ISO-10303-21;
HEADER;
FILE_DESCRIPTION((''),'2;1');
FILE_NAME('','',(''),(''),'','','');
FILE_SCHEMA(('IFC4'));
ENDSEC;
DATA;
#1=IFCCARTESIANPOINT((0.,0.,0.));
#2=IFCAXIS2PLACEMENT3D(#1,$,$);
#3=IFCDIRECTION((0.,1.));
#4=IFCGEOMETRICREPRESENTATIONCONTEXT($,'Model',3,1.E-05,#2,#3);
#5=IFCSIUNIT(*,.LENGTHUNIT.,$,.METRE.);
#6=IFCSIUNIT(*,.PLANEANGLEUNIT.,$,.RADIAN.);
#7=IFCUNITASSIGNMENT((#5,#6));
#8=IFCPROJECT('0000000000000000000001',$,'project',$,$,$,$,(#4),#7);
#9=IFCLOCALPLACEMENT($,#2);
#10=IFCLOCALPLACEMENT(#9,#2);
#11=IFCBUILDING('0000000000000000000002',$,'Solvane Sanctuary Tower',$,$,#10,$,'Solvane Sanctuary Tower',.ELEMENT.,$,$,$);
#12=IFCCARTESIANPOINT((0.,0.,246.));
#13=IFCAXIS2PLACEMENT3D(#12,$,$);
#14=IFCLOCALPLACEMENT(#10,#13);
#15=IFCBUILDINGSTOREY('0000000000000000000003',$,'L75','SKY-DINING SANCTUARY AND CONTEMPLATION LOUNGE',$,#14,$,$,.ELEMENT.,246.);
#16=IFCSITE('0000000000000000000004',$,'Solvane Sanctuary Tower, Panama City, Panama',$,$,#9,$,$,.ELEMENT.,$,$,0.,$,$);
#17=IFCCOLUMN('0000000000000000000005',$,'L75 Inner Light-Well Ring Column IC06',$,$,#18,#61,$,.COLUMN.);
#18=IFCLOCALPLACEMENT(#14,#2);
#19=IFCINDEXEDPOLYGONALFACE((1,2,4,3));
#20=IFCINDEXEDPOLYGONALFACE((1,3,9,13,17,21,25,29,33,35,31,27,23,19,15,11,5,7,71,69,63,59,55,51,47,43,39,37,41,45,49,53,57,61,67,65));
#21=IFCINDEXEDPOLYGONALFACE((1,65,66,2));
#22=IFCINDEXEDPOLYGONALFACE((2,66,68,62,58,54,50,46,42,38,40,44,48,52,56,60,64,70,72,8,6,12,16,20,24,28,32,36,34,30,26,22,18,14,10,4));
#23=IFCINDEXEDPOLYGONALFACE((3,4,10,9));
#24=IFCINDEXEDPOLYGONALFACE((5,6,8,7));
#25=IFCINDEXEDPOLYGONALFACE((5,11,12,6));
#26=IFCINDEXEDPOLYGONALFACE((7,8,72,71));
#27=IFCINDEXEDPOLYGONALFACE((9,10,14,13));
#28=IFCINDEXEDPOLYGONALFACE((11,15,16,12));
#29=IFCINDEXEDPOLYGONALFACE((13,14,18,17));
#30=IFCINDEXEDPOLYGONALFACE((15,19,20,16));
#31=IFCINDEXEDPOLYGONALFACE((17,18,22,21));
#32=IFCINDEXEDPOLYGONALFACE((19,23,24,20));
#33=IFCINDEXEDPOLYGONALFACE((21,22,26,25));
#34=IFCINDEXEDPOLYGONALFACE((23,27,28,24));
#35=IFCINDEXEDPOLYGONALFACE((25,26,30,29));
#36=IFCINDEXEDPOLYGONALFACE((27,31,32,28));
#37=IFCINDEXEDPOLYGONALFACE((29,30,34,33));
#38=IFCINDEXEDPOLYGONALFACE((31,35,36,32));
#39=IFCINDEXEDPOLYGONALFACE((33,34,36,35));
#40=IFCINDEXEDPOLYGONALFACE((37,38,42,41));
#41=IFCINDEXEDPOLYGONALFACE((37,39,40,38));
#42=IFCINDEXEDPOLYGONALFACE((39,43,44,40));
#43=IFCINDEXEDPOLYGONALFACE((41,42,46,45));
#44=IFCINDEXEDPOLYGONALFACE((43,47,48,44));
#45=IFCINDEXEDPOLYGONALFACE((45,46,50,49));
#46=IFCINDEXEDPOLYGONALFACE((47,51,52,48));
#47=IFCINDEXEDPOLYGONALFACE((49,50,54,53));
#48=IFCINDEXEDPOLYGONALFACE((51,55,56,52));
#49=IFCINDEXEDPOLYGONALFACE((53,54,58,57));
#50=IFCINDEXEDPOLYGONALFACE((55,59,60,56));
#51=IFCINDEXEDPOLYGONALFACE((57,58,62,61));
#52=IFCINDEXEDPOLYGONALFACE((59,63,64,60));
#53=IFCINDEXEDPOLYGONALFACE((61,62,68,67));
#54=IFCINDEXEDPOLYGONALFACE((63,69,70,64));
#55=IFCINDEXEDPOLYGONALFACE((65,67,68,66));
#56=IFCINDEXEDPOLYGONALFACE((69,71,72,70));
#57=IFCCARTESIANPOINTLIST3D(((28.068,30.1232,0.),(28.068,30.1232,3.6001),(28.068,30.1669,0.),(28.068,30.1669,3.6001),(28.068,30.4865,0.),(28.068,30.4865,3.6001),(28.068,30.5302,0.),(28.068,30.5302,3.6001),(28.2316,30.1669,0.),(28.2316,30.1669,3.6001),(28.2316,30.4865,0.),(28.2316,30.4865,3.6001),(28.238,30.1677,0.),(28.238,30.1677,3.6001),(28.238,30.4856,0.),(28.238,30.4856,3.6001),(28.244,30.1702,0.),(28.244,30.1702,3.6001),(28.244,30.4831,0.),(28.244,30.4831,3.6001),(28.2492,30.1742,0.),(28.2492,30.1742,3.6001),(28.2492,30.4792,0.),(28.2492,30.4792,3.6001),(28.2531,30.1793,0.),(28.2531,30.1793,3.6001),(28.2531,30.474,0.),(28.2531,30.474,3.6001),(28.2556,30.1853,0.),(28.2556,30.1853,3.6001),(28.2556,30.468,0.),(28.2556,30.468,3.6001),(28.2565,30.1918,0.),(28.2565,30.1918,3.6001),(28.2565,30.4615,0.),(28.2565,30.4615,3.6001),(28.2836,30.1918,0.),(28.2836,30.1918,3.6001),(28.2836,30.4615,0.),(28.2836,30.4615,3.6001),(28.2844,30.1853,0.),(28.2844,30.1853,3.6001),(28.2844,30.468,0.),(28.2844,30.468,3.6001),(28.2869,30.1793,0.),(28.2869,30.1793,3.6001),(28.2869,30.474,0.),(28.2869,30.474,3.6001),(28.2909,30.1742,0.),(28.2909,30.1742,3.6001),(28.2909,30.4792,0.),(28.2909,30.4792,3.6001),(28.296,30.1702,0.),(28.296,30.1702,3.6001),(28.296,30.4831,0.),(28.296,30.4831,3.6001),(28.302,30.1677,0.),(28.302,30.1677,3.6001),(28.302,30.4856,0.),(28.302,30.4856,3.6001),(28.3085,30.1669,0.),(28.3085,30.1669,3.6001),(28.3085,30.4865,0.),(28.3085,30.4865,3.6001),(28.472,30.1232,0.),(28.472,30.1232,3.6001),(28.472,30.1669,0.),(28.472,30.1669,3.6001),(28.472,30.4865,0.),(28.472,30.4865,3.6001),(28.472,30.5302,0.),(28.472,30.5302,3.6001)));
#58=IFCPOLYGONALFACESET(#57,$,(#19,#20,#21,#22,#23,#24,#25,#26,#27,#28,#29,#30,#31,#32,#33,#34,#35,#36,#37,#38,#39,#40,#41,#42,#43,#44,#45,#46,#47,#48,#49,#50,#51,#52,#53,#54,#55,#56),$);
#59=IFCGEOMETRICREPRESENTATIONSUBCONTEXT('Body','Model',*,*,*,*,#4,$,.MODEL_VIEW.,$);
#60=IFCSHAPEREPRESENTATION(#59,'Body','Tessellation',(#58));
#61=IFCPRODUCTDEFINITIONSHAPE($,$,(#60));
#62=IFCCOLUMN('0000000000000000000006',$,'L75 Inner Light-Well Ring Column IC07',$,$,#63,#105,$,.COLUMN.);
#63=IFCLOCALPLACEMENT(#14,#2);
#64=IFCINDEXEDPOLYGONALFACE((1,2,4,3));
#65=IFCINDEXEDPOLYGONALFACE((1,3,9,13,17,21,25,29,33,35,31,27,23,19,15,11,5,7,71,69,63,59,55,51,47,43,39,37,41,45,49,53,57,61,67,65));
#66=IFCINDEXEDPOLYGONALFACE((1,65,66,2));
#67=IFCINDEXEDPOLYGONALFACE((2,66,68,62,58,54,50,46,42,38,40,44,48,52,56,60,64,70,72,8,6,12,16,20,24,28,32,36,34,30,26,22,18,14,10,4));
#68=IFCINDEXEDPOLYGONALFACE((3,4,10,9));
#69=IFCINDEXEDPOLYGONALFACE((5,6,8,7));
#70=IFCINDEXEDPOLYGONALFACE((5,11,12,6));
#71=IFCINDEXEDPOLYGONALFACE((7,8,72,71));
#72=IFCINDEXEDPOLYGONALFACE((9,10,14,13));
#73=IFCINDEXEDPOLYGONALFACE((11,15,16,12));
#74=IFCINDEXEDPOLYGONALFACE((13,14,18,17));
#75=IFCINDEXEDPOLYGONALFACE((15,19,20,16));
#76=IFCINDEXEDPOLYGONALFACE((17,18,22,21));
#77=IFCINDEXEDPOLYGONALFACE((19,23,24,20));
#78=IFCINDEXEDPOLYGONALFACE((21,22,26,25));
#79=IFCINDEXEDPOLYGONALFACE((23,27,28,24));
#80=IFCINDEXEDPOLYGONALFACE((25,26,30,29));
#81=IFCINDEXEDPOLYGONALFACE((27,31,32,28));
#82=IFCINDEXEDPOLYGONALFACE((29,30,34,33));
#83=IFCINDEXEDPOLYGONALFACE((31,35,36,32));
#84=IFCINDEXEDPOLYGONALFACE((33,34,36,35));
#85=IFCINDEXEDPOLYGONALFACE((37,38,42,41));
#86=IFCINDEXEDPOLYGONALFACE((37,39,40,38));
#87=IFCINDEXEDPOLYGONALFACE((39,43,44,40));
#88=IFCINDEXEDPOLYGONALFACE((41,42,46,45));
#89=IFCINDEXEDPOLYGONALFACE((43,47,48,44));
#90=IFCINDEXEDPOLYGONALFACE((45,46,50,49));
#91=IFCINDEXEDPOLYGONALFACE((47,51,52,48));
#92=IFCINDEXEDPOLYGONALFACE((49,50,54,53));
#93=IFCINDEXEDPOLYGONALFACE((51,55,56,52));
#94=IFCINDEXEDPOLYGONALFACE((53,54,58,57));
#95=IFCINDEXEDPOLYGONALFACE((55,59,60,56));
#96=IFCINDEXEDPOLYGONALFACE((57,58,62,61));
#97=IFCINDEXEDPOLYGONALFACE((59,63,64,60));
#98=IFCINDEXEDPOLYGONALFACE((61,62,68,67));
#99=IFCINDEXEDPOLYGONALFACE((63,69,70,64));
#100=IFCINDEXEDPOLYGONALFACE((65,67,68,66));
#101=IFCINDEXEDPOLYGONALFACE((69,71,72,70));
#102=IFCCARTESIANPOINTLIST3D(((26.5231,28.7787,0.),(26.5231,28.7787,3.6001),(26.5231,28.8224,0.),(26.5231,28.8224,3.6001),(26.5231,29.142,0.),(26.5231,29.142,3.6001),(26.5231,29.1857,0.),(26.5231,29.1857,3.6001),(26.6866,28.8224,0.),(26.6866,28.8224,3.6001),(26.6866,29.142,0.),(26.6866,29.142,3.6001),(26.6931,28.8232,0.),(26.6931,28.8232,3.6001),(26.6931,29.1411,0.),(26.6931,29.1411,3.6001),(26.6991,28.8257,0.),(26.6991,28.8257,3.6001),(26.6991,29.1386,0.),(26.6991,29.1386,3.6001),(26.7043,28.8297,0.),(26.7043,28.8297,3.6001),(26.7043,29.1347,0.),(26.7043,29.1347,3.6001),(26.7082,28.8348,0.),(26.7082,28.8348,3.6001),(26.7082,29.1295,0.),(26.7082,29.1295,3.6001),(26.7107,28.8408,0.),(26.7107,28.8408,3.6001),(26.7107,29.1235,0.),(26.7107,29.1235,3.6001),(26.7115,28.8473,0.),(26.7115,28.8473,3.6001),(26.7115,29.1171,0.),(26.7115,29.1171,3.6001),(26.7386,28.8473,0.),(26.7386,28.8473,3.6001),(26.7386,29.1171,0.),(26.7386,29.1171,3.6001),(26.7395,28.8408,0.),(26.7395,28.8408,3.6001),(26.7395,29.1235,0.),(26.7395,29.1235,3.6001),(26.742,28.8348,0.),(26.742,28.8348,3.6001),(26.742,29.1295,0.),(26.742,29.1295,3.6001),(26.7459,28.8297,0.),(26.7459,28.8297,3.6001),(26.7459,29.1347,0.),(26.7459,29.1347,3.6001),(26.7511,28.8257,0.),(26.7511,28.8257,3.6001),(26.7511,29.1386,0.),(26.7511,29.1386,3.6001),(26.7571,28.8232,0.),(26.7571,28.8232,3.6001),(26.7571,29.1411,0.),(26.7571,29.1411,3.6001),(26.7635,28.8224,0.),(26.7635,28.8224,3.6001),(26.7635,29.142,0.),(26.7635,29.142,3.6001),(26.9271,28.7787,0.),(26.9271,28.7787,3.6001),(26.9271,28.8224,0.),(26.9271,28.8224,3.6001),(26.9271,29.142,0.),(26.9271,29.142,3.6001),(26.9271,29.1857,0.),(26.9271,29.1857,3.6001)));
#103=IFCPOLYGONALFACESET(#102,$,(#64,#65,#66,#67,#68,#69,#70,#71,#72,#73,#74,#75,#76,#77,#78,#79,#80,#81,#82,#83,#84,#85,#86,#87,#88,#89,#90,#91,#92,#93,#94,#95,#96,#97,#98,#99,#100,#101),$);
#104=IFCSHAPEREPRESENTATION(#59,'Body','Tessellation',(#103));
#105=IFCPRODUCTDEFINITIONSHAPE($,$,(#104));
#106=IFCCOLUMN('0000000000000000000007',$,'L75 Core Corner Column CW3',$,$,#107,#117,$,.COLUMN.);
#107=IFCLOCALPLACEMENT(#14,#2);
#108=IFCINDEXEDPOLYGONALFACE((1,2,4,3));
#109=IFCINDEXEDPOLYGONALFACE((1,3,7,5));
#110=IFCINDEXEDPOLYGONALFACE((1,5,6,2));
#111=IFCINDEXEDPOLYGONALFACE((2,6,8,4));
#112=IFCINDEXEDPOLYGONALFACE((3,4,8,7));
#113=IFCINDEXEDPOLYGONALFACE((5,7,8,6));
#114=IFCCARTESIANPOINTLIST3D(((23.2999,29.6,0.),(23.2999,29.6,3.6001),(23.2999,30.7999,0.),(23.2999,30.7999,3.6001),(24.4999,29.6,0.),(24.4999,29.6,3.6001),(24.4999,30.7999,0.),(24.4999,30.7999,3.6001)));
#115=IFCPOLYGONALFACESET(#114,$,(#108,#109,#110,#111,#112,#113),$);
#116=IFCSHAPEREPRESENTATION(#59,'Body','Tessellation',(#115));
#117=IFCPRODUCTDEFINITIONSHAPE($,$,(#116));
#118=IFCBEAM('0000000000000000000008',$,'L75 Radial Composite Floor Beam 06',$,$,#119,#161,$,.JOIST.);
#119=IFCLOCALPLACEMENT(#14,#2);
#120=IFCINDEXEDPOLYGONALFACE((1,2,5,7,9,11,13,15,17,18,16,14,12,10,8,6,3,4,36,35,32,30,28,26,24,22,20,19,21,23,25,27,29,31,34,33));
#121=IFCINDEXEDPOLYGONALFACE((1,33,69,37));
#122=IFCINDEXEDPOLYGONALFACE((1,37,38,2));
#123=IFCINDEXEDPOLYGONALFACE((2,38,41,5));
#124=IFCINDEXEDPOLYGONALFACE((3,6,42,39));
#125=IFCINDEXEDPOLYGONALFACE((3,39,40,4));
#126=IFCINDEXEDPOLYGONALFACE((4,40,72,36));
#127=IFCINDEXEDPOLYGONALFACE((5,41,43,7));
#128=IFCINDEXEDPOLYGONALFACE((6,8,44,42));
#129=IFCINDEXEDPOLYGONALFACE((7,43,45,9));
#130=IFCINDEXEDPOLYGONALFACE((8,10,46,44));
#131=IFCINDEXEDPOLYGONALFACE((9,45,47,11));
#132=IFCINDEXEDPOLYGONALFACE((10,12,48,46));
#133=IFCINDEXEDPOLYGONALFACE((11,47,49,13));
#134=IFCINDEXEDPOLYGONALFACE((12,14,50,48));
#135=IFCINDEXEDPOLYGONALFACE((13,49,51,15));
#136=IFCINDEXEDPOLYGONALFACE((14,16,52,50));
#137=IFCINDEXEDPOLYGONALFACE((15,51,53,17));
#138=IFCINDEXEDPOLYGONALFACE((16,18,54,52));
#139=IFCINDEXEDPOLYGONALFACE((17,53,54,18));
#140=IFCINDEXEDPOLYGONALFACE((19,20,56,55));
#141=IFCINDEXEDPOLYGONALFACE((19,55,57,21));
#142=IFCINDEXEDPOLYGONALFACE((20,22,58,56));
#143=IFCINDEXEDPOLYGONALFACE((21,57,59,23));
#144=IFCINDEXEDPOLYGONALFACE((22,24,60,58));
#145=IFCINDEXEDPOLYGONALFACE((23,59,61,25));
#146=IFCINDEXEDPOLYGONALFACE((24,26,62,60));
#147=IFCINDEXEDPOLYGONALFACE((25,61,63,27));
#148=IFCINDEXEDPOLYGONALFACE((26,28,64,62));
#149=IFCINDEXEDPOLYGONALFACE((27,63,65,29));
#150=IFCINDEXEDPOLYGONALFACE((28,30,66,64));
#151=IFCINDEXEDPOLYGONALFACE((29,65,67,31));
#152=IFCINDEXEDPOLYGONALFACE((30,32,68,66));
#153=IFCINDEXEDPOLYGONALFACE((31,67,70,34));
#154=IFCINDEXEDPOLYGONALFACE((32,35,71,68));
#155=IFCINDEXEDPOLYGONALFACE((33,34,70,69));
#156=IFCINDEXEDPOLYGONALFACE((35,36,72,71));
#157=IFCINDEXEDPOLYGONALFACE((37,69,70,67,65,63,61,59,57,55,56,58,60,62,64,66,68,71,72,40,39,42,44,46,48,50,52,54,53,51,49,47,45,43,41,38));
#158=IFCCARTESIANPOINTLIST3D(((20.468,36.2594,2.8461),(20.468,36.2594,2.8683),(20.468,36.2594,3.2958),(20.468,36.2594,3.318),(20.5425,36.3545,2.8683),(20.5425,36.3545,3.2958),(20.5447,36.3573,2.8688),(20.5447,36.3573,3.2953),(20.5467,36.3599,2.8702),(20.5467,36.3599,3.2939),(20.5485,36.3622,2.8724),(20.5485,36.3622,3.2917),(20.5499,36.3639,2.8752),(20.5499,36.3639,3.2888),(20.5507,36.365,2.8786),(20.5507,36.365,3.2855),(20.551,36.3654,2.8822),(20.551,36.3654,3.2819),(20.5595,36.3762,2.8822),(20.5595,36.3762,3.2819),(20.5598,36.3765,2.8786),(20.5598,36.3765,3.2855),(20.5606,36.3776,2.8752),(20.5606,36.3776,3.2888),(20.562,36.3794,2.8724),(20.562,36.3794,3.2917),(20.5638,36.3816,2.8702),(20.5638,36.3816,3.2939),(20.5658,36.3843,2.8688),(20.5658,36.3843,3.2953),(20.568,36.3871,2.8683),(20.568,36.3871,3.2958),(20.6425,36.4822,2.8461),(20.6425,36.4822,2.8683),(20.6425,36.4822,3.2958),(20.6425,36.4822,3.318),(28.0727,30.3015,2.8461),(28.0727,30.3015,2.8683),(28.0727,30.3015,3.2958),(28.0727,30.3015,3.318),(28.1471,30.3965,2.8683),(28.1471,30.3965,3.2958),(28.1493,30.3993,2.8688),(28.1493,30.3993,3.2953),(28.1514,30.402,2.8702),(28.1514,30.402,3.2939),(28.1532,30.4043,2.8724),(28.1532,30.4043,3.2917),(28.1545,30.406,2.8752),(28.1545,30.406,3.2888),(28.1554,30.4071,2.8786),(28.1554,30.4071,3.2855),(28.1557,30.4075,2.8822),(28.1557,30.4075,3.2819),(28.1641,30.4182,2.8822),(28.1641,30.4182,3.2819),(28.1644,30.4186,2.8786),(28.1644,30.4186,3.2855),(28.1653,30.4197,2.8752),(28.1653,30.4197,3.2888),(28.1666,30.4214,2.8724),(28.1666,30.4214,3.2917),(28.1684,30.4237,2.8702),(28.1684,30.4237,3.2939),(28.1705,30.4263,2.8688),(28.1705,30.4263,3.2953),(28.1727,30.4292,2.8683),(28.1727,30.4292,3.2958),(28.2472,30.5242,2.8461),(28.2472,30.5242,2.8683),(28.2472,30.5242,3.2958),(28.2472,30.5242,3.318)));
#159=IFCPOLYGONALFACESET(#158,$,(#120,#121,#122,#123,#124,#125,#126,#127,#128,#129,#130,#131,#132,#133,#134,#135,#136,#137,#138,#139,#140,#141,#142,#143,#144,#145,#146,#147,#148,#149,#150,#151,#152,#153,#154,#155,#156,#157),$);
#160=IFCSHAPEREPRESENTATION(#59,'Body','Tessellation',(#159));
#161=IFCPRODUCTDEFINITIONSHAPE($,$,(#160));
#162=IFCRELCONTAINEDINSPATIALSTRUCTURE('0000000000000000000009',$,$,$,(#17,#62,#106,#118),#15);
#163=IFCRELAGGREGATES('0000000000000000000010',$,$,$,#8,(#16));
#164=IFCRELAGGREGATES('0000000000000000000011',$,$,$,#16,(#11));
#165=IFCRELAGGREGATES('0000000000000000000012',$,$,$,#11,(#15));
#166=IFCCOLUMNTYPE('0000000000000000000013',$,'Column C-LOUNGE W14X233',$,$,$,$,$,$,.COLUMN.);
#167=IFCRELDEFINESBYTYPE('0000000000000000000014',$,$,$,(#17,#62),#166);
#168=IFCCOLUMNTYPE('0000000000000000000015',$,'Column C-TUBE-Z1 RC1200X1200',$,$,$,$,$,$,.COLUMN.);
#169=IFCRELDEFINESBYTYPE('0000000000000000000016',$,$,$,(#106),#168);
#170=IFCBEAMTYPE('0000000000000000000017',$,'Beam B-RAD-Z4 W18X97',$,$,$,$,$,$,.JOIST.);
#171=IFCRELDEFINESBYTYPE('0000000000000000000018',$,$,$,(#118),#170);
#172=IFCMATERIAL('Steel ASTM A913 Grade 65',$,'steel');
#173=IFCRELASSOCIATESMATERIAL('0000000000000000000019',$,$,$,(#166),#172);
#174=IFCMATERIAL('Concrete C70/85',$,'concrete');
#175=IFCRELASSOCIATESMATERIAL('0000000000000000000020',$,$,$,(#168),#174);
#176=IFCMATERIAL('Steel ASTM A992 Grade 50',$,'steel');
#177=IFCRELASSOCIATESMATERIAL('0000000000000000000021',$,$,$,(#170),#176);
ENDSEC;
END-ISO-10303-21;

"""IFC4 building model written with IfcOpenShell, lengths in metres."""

from ifc_helpers import new_model, si_unit, direction, frame, origin, origin_2d, place, context, subcontext, project, spatial, rectangle, i_section, extrude, material, material_profile, profile_set, type_object, element, save


model = new_model("IFC4")

# Units and contexts
model_context = context("Model", 3, precision=1e-05, world=origin(), true_north=direction((0.0, 1.0)))
body_context = subcontext(model_context, "Body", "Model", "MODEL_VIEW")
ifc_project = project(units=[si_unit("LENGTHUNIT", "METRE"), si_unit("PLANEANGLEUNIT", "RADIAN")], contexts=[model_context])

# Site, building, storey
site_placement = place(None, origin())
site = spatial("IfcSite", under=ifc_project, at=site_placement, Name="Solvane Sanctuary Tower, Panama City, Panama", CompositionType="ELEMENT", RefElevation=0.0)
building_placement = place(site_placement, origin())
building = spatial("IfcBuilding", under=site, at=building_placement, Name="Solvane Sanctuary Tower", LongName="Solvane Sanctuary Tower", CompositionType="ELEMENT")
storey_placement = place(building_placement, frame((0.0, 0.0, 246.0)))
storey = spatial("IfcBuildingStorey", under=building, at=storey_placement, Name="L75", Description="SKY-DINING SANCTUARY AND CONTEMPLATION LOUNGE", CompositionType="ELEMENT", Elevation=246.0)

# Columns
ifc_material_1 = material(Name="Steel ASTM A913 Grade 65", Category="steel")
ifc_material_profile_1 = material_profile(ifc_material_1, i_section(OverallWidth=0.4041, OverallDepth=0.407, WebThickness=0.0271, FlangeThickness=0.0437, FilletRadius=0.0249, at=origin_2d()), Name="W14X233")
ifc_profile_set_1 = profile_set([ifc_material_profile_1], Name="Steel ASTM A913 Grade 65")
column_type_1 = type_object("IfcColumnType", Name="Column C-LOUNGE W14X233", PredefinedType="COLUMN", material=ifc_profile_set_1)
for number, where, z_axis, x_axis, name in (
    (1, (28.27, 30.3267, 0.0), (0.0, 0.0, 1.0), (1.0, 0.0, 0.0), "L75 Inner Light-Well Ring Column IC06"),
    (2, (26.7251, 28.9822, 0.0), (0.0, 0.0, 1.0), (1.0, 0.0, 0.0), "L75 Inner Light-Well Ring Column IC07"),
):
    element("IfcColumn", number, at=place(storey_placement, frame(where, z_axis=z_axis, x_axis=x_axis)), inside=storey, type_object=column_type_1, Name=name, PredefinedType="COLUMN", context=body_context, shape_type="SweptSolid", body=[
        extrude(i_section(OverallWidth=0.4041, OverallDepth=0.407, WebThickness=0.0271, FlangeThickness=0.0437, FilletRadius=0.0249, at=origin_2d()), origin(), (0.0, 0.0, 1.0), 3.6001),
    ])
ifc_material_2 = material(Name="Concrete C70/85", Category="concrete")
ifc_material_profile_2 = material_profile(ifc_material_2, rectangle(XDim=1.2, YDim=1.2, at=origin_2d()), Name="RC1200X1200")
ifc_profile_set_2 = profile_set([ifc_material_profile_2], Name="Concrete C70/85")
column_type_2 = type_object("IfcColumnType", Name="Column C-TUBE-Z1 RC1200X1200", PredefinedType="COLUMN", material=ifc_profile_set_2)
column_placement = place(storey_placement, frame((23.8999, 30.2, 0.0), z_axis=(0.0, 0.0, 1.0), x_axis=(1.0, 0.0, 0.0)))
element("IfcColumn", 3, at=column_placement, inside=storey, type_object=column_type_2, Name="L75 Core Corner Column CW3", PredefinedType="COLUMN", context=body_context, shape_type="SweptSolid", body=[
    extrude(rectangle(XDim=1.2, YDim=1.2, at=origin_2d()), origin(), (0.0, 0.0, 1.0), 3.6001),
])

# Beam
ifc_material_3 = material(Name="Steel ASTM A992 Grade 50", Category="steel")
ifc_material_profile_3 = material_profile(ifc_material_3, i_section(OverallWidth=0.283, OverallDepth=0.4719, WebThickness=0.0137, FlangeThickness=0.0222, FilletRadius=0.0139, at=origin_2d()), Name="W18X97")
ifc_profile_set_3 = profile_set([ifc_material_profile_3], Name="Steel ASTM A992 Grade 50")
beam_type_1 = type_object("IfcBeamType", Name="Beam B-RAD-Z4 W18X97", PredefinedType="JOIST", material=ifc_profile_set_3)
beam_1_placement = place(storey_placement, frame((28.1599, 30.4128, 3.082), z_axis=(-0.78718, 0.616724, 0.0), x_axis=(-0.616724, -0.78718, 0.0)))
element("IfcBeam", 4, at=beam_1_placement, inside=storey, type_object=beam_type_1, Name="L75 Radial Composite Floor Beam 06", PredefinedType="JOIST", context=body_context, shape_type="SweptSolid", body=[
    extrude(i_section(OverallWidth=0.283, OverallDepth=0.4719, WebThickness=0.0137, FlangeThickness=0.0222, FilletRadius=0.0139, at=origin_2d()), origin(), (0.0, 0.0, 1.0), 9.6606),
])

save(model, "model.ifc")
